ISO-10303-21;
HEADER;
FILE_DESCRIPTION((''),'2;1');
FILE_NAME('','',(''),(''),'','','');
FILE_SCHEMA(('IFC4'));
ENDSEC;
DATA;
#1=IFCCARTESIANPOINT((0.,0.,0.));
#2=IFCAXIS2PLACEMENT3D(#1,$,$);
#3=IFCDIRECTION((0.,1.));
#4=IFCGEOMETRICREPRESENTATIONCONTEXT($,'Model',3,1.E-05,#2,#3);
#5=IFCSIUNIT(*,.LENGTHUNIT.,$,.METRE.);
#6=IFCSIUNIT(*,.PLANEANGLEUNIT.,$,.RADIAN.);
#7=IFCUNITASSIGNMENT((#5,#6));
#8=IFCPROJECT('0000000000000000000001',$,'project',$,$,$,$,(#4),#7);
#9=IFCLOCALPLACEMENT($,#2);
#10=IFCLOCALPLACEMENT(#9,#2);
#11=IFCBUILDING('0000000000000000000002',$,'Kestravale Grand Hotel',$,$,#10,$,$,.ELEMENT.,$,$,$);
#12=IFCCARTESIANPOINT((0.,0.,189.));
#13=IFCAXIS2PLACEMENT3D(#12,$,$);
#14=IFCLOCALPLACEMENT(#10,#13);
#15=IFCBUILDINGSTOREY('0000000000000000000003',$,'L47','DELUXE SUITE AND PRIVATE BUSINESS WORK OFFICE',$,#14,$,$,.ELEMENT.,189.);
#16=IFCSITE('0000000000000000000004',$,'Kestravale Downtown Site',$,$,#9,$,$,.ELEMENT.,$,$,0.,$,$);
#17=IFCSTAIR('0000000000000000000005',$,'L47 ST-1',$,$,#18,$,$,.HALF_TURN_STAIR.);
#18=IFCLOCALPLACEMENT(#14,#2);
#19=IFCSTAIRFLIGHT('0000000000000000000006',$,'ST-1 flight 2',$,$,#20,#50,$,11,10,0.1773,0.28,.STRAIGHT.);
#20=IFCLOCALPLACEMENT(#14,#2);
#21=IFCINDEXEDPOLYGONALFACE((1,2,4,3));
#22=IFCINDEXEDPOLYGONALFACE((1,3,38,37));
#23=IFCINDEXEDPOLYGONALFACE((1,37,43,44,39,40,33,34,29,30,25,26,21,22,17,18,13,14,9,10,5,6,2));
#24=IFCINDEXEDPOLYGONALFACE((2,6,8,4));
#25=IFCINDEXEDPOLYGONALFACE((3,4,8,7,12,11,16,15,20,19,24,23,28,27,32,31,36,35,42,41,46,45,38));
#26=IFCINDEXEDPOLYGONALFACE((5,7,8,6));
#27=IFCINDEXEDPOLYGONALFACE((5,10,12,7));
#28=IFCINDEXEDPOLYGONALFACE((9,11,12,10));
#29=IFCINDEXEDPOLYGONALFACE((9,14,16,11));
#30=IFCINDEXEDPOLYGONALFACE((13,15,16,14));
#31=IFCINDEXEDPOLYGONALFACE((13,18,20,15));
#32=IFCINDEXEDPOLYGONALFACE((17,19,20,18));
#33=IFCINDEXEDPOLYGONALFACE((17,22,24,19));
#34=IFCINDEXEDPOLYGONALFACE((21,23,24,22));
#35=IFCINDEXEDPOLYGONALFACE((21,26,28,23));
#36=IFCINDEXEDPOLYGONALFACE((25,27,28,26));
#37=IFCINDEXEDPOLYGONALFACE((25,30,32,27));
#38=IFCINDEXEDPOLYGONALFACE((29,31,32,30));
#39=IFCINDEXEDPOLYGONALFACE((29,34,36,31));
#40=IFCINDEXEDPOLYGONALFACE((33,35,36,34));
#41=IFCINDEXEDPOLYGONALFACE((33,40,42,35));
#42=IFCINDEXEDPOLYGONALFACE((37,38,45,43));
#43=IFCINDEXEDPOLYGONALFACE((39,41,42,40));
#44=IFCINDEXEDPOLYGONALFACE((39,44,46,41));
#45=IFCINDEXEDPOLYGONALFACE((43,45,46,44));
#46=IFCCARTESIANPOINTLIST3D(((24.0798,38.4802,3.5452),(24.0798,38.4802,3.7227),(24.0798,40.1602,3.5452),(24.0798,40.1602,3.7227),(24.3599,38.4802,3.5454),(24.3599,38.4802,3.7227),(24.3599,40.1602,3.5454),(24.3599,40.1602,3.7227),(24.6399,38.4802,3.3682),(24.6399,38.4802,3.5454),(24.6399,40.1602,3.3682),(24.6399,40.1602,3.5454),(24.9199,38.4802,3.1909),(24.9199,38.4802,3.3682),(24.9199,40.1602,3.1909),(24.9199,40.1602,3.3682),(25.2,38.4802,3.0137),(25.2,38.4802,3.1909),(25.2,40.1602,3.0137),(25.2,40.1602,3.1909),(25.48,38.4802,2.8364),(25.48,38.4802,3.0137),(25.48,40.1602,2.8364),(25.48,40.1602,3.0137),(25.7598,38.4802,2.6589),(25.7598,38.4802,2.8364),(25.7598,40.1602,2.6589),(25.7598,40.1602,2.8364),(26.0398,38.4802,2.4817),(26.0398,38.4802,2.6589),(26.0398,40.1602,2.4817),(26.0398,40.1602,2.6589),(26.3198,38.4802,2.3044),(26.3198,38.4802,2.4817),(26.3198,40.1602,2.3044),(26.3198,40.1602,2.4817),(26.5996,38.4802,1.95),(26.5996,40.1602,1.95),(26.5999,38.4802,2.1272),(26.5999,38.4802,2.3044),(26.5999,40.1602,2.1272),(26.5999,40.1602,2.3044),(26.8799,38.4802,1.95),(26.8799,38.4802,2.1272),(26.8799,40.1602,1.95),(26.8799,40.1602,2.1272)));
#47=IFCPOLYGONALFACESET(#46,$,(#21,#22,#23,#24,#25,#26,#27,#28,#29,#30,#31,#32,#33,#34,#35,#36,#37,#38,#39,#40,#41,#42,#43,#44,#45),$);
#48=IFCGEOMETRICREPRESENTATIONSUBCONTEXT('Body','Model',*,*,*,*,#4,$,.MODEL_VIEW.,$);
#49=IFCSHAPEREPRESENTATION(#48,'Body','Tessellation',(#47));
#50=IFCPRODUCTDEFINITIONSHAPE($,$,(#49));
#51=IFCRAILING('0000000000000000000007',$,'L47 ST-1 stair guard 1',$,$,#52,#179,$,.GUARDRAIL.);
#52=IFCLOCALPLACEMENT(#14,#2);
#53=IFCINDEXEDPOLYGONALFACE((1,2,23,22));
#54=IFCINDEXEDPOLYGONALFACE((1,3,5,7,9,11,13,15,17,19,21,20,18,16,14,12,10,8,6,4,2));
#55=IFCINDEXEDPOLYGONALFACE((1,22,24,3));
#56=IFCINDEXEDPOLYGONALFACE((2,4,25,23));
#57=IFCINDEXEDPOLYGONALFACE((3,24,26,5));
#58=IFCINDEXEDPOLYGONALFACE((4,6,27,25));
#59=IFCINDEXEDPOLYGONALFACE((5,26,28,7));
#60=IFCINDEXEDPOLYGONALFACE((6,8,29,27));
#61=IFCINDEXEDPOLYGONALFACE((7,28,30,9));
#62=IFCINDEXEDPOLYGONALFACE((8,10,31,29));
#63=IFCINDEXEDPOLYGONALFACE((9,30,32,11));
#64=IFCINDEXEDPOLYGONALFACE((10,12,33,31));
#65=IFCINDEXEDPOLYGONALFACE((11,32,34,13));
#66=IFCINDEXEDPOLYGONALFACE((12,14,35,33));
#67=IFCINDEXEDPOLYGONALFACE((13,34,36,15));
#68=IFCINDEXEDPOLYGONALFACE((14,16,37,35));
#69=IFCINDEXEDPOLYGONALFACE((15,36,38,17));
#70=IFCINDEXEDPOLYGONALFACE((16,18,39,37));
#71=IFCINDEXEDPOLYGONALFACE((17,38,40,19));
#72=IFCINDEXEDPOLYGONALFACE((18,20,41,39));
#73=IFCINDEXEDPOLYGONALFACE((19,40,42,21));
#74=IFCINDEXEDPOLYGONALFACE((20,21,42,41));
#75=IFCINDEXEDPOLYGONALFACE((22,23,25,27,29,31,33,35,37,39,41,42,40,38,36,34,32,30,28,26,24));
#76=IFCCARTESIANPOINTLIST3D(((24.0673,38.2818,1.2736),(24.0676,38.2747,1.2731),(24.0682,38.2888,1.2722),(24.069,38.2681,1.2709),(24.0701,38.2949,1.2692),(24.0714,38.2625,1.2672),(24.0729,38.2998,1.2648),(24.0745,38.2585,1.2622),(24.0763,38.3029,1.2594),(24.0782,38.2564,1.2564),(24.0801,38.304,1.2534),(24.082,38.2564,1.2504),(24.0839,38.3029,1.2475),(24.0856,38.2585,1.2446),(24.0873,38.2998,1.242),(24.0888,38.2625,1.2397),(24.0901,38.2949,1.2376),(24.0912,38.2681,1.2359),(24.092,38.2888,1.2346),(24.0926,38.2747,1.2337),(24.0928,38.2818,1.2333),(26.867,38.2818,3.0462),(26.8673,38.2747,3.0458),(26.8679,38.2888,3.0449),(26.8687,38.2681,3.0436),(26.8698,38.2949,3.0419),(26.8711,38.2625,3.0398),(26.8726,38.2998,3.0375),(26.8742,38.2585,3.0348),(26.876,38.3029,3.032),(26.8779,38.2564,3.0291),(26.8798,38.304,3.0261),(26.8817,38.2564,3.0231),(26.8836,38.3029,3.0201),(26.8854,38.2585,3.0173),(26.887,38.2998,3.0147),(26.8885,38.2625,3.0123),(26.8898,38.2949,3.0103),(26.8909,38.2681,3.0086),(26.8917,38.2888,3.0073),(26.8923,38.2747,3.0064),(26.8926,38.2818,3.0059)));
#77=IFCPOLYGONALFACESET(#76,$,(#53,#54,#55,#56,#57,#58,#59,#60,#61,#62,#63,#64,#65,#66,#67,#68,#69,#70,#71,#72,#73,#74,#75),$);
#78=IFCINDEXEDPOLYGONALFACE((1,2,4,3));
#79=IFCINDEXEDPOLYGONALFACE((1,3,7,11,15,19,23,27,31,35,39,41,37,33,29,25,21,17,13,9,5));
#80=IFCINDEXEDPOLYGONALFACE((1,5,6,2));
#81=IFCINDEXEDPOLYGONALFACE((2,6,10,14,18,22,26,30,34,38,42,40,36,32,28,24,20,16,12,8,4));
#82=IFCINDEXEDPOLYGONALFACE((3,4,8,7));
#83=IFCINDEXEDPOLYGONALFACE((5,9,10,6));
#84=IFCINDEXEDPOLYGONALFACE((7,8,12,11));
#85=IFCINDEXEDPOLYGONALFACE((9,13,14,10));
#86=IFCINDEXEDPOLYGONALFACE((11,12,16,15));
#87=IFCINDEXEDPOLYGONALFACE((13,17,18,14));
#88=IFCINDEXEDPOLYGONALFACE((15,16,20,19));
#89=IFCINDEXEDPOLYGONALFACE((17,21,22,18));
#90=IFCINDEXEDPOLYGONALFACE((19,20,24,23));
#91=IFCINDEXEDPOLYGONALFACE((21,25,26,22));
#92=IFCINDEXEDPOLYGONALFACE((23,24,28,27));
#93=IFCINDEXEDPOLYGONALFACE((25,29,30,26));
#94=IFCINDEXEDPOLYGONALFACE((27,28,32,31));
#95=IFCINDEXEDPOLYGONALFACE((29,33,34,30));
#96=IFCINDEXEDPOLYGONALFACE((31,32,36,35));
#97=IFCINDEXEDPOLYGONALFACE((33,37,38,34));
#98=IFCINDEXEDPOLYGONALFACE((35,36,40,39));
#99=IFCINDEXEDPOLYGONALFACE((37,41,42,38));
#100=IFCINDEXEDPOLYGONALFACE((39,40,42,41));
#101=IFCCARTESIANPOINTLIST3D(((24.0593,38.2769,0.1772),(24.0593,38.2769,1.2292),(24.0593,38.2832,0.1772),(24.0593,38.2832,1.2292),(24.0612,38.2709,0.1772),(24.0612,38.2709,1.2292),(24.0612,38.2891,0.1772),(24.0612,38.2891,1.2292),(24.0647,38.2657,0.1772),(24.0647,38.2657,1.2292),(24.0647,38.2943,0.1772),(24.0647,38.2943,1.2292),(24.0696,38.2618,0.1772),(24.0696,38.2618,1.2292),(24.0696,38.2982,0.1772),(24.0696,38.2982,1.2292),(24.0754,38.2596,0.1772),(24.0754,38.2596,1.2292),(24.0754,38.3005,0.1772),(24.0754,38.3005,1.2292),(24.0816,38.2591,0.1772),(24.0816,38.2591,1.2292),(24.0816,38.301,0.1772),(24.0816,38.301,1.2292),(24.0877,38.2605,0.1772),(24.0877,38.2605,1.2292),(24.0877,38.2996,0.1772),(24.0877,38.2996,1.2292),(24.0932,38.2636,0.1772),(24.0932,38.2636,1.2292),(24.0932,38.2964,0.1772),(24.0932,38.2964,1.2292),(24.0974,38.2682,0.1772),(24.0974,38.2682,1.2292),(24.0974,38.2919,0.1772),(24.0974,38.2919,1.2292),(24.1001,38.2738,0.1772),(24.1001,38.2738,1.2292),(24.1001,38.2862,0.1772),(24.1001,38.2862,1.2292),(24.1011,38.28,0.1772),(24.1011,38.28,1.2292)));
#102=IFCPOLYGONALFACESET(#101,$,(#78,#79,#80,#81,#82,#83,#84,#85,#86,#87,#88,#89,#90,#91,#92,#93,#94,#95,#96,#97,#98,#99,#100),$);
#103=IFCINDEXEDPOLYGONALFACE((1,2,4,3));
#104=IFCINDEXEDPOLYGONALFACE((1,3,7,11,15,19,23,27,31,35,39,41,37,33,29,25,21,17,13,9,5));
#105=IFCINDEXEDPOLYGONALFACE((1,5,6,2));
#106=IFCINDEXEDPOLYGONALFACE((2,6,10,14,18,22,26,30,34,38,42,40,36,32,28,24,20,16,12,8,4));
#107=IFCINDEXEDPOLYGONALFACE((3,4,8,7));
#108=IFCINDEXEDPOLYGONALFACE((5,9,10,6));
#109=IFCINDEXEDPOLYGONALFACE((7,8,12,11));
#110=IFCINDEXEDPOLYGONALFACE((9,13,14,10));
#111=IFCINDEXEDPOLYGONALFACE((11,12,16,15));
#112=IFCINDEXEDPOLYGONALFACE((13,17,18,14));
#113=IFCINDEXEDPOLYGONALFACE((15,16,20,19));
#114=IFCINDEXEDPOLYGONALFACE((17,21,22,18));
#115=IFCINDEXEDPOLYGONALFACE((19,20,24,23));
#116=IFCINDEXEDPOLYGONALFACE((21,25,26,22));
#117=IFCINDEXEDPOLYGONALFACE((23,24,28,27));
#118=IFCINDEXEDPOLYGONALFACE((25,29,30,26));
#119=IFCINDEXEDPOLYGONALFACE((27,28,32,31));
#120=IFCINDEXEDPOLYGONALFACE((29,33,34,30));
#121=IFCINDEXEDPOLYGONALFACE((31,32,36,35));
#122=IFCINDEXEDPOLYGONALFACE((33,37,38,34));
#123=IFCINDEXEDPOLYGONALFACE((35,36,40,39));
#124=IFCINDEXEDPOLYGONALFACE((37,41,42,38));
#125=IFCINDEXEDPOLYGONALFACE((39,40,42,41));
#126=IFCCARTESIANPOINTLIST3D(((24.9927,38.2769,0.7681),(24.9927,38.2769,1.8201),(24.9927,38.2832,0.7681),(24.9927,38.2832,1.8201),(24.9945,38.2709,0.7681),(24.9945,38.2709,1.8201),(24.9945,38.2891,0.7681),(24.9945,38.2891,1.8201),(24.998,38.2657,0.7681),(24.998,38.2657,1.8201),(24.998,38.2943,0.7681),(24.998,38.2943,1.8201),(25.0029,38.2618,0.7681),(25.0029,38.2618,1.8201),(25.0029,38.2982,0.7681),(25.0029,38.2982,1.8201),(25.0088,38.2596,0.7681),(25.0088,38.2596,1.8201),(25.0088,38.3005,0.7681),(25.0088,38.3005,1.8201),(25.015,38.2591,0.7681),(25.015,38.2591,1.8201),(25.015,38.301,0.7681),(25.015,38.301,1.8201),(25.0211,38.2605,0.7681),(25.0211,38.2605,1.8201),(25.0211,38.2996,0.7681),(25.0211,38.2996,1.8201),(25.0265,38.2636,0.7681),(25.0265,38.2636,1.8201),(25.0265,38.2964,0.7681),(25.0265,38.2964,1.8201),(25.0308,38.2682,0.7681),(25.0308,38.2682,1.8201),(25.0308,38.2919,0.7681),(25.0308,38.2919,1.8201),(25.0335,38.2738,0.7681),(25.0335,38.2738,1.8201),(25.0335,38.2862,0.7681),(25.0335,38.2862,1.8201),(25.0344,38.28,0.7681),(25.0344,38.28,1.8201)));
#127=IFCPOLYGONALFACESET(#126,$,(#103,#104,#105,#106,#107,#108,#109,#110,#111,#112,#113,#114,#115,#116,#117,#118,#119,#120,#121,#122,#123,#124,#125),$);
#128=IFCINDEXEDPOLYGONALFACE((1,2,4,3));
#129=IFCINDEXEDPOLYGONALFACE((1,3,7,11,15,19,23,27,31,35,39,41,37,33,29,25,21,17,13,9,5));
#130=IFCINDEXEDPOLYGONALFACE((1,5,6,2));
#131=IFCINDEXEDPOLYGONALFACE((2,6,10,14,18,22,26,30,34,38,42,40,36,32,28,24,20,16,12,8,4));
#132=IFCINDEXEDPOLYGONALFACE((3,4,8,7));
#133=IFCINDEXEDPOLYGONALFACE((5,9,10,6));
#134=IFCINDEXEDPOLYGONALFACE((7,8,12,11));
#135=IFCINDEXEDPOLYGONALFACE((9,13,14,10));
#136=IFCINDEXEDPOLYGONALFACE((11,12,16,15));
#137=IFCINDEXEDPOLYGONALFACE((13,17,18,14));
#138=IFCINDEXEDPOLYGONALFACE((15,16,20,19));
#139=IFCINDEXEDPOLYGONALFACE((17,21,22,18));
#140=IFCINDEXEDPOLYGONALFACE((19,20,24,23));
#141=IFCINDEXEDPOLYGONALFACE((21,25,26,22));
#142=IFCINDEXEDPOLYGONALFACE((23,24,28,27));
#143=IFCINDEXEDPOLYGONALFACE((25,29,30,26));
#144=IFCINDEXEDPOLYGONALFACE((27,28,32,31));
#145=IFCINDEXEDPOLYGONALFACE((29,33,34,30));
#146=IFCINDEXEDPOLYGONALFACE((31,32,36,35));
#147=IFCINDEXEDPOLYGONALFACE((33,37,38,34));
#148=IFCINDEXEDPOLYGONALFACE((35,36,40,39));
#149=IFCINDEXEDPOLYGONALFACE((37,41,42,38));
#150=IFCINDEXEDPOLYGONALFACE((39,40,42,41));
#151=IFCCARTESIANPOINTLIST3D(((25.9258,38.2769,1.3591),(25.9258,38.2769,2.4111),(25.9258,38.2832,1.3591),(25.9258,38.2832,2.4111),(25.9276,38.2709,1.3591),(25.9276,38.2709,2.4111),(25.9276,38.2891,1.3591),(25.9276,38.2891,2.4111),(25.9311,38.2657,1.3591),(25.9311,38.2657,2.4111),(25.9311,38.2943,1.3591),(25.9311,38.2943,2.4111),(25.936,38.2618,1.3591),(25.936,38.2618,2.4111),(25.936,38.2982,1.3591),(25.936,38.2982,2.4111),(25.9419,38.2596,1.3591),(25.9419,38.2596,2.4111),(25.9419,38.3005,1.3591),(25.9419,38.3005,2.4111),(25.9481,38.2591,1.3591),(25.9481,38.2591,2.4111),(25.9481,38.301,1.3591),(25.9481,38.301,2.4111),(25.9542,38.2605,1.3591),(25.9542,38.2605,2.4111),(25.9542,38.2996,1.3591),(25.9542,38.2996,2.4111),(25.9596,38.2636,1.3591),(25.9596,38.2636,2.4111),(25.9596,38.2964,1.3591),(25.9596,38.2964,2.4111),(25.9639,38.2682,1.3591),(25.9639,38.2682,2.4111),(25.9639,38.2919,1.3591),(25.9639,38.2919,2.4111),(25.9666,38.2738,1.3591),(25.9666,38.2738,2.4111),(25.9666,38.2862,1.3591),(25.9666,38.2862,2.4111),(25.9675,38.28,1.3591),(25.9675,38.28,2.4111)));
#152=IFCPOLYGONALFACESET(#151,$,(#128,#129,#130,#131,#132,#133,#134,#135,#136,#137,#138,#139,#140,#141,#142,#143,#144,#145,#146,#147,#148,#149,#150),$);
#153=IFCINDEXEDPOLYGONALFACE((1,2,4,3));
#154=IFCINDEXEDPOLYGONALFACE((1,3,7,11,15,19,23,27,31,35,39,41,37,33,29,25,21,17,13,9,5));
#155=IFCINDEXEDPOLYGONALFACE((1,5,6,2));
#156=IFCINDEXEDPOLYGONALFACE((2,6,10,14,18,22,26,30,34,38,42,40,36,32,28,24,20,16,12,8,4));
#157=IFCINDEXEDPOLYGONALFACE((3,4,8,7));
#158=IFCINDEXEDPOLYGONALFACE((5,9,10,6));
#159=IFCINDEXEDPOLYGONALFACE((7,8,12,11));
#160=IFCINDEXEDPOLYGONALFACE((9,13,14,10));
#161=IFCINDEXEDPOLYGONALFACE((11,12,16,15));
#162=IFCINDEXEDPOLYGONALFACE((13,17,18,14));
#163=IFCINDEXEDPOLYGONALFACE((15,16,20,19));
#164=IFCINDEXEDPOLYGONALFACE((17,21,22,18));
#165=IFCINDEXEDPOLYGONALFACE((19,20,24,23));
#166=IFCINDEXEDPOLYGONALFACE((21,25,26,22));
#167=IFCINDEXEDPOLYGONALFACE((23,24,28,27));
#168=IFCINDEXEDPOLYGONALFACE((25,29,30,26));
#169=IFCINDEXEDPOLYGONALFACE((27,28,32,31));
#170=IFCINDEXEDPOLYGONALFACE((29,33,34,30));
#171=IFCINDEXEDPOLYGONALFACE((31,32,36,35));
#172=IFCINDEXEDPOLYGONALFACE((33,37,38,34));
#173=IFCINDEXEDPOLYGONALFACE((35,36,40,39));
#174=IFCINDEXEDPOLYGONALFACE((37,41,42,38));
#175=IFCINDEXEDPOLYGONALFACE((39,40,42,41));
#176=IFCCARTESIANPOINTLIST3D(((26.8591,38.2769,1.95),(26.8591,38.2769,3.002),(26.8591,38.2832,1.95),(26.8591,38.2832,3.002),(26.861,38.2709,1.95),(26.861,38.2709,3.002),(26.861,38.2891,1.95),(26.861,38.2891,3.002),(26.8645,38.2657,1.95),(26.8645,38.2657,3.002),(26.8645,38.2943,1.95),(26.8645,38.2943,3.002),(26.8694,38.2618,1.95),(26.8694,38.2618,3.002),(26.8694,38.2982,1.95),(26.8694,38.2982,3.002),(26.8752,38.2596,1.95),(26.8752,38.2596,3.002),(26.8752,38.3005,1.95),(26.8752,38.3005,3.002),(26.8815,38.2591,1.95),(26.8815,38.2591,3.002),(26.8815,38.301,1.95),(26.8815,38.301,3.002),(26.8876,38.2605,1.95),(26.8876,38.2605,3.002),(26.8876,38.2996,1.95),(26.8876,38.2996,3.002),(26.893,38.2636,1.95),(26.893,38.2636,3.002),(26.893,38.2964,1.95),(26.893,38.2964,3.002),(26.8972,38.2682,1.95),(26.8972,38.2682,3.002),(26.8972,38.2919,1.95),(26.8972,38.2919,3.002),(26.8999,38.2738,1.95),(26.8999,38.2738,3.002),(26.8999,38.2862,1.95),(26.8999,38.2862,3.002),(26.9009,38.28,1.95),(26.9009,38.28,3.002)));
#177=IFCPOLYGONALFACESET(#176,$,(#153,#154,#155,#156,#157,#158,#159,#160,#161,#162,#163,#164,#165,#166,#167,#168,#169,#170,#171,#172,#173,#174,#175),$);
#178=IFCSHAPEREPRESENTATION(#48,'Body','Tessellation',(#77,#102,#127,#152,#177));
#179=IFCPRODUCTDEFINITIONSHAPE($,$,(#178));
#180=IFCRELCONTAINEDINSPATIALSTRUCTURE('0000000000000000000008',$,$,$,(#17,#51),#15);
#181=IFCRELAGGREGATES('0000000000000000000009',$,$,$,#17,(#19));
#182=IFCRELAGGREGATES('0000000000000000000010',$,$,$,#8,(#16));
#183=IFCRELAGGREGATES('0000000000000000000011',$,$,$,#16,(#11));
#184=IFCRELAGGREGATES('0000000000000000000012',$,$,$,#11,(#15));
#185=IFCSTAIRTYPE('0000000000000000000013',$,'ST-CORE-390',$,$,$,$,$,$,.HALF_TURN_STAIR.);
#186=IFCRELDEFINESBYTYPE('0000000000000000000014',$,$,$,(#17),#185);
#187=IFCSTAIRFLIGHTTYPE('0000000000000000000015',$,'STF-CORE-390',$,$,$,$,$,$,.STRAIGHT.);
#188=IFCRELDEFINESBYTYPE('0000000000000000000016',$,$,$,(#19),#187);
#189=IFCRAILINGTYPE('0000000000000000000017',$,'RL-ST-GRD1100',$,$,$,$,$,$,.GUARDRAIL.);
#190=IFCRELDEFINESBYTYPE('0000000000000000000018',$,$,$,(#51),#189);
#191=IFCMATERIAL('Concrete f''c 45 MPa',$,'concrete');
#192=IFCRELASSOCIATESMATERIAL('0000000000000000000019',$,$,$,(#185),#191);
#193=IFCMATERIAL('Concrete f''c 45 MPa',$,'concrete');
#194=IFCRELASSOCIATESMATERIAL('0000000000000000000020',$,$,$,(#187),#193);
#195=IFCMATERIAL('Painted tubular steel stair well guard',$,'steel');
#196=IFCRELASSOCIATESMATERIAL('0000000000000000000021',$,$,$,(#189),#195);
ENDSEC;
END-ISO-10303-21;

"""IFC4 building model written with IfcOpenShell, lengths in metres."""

from ifc_helpers import new_model, si_unit, direction, frame, origin, origin_2d, place, context, subcontext, project, spatial, polyline, circle, outline, extrude, material, type_object, element, aggregate, save


model = new_model("IFC4")

# Units and contexts
model_context = context("Model", 3, precision=1e-05, world=origin(), true_north=direction((0.0, 1.0)))
body_context = subcontext(model_context, "Body", "Model", "MODEL_VIEW")
ifc_project = project(units=[si_unit("LENGTHUNIT", "METRE"), si_unit("PLANEANGLEUNIT", "RADIAN")], contexts=[model_context])

# Site, building, storey
site_placement = place(None, origin())
site = spatial("IfcSite", under=ifc_project, at=site_placement, Name="Kestravale Downtown Site", CompositionType="ELEMENT", RefElevation=0.0)
building_placement = place(site_placement, origin())
building = spatial("IfcBuilding", under=site, at=building_placement, Name="Kestravale Grand Hotel", CompositionType="ELEMENT")
storey_placement = place(building_placement, frame((0.0, 0.0, 189.0)))
storey = spatial("IfcBuildingStorey", under=building, at=storey_placement, Name="L47", Description="DELUXE SUITE AND PRIVATE BUSINESS WORK OFFICE", CompositionType="ELEMENT", Elevation=189.0)

# Stair, stair flight
ifc_material_1 = material(Name="Concrete f'c 45 MPa", Category="concrete")
stair_type = type_object("IfcStairType", Name="ST-CORE-390", PredefinedType="HALF_TURN_STAIR", material=ifc_material_1)
stair_placement = place(storey_placement, origin())
stair = element("IfcStair", 1, at=stair_placement, inside=storey, type_object=stair_type, Name="L47 ST-1", PredefinedType="HALF_TURN_STAIR")
ifc_material_2 = material(Name="Concrete f'c 45 MPa", Category="concrete")
stair_flight_type = type_object("IfcStairFlightType", Name="STF-CORE-390", PredefinedType="STRAIGHT", material=ifc_material_2)
stair_flight_1_placement = place(storey_placement, frame((26.8799, 39.3201, 1.95), z_axis=(0.0, 0.0, 1.0), x_axis=(-1.0, 0.0, 0.0)))
stair_flight_1 = element("IfcStairFlight", 2, at=stair_flight_1_placement, type_object=stair_flight_type, Name="ST-1 flight 2", NumberOfRisers=11, NumberOfTreads=10, PredefinedType="STRAIGHT", RiserHeight=0.1773, TreadLength=0.28, context=body_context, shape_type="SweptSolid", body=[
    extrude(outline(polyline([(0.0, 0.0), (0.0, 0.1772), (0.28, 0.1772), (0.28, 0.3545), (0.5601, 0.3545), (0.5601, 0.5317), (0.8401, 0.5317), (0.8401, 0.709), (1.1201, 0.709), (1.1201, 0.8865), (1.3999, 0.8865), (1.3999, 1.0637), (1.6799, 1.0637), (1.6799, 1.241), (1.96, 1.241), (1.96, 1.4182), (2.24, 1.4182), (2.24, 1.5955), (2.52, 1.5955), (2.52, 1.7727), (2.8, 1.7727), (2.8, 1.95), (2.8, 1.5952), (0.2803, 0.0), (0.0, 0.0)])), frame((0.0, 0.8398, 0.0), z_axis=(0.0, -1.0, 0.0), x_axis=(1.0, 0.0, 0.0)), (0.0, 0.0, 1.0), 1.6799),
])
aggregate(stair, [stair_flight_1])

# Railing
ifc_material_3 = material(Name="Painted tubular steel stair well guard", Category="steel")
railing_type_1 = type_object("IfcRailingType", Name="RL-ST-GRD1100", PredefinedType="GUARDRAIL", material=ifc_material_3)
railing_1_placement = place(storey_placement, frame((24.0801, 38.28, 0.1772)))
element("IfcRailing", 3, at=railing_1_placement, inside=storey, type_object=railing_type_1, Name="L47 ST-1 stair guard 1", PredefinedType="GUARDRAIL", context=body_context, shape_type="SweptSolid", body=[
    extrude(circle(Radius=0.0239, at=origin_2d()), frame((0.0, 0.0, 1.0762), z_axis=(0.844888, 0.0, 0.534943), x_axis=(0.0, 1.0, 0.0)), (0.0, 0.0, 1.0), 3.3137),
    extrude(circle(Radius=0.021, at=origin_2d()), origin(), (0.0, 0.0, 1.0), 1.052),
    extrude(circle(Radius=0.021, at=origin_2d()), frame((0.9333, 0.0, 0.5908)), (0.0, 0.0, 1.0), 1.052),
    extrude(circle(Radius=0.021, at=origin_2d()), frame((1.8665, 0.0, 1.1819)), (0.0, 0.0, 1.0), 1.052),
    extrude(circle(Radius=0.021, at=origin_2d()), frame((2.7998, 0.0, 1.7727)), (0.0, 0.0, 1.0), 1.052),
])

save(model, "model.ifc")
